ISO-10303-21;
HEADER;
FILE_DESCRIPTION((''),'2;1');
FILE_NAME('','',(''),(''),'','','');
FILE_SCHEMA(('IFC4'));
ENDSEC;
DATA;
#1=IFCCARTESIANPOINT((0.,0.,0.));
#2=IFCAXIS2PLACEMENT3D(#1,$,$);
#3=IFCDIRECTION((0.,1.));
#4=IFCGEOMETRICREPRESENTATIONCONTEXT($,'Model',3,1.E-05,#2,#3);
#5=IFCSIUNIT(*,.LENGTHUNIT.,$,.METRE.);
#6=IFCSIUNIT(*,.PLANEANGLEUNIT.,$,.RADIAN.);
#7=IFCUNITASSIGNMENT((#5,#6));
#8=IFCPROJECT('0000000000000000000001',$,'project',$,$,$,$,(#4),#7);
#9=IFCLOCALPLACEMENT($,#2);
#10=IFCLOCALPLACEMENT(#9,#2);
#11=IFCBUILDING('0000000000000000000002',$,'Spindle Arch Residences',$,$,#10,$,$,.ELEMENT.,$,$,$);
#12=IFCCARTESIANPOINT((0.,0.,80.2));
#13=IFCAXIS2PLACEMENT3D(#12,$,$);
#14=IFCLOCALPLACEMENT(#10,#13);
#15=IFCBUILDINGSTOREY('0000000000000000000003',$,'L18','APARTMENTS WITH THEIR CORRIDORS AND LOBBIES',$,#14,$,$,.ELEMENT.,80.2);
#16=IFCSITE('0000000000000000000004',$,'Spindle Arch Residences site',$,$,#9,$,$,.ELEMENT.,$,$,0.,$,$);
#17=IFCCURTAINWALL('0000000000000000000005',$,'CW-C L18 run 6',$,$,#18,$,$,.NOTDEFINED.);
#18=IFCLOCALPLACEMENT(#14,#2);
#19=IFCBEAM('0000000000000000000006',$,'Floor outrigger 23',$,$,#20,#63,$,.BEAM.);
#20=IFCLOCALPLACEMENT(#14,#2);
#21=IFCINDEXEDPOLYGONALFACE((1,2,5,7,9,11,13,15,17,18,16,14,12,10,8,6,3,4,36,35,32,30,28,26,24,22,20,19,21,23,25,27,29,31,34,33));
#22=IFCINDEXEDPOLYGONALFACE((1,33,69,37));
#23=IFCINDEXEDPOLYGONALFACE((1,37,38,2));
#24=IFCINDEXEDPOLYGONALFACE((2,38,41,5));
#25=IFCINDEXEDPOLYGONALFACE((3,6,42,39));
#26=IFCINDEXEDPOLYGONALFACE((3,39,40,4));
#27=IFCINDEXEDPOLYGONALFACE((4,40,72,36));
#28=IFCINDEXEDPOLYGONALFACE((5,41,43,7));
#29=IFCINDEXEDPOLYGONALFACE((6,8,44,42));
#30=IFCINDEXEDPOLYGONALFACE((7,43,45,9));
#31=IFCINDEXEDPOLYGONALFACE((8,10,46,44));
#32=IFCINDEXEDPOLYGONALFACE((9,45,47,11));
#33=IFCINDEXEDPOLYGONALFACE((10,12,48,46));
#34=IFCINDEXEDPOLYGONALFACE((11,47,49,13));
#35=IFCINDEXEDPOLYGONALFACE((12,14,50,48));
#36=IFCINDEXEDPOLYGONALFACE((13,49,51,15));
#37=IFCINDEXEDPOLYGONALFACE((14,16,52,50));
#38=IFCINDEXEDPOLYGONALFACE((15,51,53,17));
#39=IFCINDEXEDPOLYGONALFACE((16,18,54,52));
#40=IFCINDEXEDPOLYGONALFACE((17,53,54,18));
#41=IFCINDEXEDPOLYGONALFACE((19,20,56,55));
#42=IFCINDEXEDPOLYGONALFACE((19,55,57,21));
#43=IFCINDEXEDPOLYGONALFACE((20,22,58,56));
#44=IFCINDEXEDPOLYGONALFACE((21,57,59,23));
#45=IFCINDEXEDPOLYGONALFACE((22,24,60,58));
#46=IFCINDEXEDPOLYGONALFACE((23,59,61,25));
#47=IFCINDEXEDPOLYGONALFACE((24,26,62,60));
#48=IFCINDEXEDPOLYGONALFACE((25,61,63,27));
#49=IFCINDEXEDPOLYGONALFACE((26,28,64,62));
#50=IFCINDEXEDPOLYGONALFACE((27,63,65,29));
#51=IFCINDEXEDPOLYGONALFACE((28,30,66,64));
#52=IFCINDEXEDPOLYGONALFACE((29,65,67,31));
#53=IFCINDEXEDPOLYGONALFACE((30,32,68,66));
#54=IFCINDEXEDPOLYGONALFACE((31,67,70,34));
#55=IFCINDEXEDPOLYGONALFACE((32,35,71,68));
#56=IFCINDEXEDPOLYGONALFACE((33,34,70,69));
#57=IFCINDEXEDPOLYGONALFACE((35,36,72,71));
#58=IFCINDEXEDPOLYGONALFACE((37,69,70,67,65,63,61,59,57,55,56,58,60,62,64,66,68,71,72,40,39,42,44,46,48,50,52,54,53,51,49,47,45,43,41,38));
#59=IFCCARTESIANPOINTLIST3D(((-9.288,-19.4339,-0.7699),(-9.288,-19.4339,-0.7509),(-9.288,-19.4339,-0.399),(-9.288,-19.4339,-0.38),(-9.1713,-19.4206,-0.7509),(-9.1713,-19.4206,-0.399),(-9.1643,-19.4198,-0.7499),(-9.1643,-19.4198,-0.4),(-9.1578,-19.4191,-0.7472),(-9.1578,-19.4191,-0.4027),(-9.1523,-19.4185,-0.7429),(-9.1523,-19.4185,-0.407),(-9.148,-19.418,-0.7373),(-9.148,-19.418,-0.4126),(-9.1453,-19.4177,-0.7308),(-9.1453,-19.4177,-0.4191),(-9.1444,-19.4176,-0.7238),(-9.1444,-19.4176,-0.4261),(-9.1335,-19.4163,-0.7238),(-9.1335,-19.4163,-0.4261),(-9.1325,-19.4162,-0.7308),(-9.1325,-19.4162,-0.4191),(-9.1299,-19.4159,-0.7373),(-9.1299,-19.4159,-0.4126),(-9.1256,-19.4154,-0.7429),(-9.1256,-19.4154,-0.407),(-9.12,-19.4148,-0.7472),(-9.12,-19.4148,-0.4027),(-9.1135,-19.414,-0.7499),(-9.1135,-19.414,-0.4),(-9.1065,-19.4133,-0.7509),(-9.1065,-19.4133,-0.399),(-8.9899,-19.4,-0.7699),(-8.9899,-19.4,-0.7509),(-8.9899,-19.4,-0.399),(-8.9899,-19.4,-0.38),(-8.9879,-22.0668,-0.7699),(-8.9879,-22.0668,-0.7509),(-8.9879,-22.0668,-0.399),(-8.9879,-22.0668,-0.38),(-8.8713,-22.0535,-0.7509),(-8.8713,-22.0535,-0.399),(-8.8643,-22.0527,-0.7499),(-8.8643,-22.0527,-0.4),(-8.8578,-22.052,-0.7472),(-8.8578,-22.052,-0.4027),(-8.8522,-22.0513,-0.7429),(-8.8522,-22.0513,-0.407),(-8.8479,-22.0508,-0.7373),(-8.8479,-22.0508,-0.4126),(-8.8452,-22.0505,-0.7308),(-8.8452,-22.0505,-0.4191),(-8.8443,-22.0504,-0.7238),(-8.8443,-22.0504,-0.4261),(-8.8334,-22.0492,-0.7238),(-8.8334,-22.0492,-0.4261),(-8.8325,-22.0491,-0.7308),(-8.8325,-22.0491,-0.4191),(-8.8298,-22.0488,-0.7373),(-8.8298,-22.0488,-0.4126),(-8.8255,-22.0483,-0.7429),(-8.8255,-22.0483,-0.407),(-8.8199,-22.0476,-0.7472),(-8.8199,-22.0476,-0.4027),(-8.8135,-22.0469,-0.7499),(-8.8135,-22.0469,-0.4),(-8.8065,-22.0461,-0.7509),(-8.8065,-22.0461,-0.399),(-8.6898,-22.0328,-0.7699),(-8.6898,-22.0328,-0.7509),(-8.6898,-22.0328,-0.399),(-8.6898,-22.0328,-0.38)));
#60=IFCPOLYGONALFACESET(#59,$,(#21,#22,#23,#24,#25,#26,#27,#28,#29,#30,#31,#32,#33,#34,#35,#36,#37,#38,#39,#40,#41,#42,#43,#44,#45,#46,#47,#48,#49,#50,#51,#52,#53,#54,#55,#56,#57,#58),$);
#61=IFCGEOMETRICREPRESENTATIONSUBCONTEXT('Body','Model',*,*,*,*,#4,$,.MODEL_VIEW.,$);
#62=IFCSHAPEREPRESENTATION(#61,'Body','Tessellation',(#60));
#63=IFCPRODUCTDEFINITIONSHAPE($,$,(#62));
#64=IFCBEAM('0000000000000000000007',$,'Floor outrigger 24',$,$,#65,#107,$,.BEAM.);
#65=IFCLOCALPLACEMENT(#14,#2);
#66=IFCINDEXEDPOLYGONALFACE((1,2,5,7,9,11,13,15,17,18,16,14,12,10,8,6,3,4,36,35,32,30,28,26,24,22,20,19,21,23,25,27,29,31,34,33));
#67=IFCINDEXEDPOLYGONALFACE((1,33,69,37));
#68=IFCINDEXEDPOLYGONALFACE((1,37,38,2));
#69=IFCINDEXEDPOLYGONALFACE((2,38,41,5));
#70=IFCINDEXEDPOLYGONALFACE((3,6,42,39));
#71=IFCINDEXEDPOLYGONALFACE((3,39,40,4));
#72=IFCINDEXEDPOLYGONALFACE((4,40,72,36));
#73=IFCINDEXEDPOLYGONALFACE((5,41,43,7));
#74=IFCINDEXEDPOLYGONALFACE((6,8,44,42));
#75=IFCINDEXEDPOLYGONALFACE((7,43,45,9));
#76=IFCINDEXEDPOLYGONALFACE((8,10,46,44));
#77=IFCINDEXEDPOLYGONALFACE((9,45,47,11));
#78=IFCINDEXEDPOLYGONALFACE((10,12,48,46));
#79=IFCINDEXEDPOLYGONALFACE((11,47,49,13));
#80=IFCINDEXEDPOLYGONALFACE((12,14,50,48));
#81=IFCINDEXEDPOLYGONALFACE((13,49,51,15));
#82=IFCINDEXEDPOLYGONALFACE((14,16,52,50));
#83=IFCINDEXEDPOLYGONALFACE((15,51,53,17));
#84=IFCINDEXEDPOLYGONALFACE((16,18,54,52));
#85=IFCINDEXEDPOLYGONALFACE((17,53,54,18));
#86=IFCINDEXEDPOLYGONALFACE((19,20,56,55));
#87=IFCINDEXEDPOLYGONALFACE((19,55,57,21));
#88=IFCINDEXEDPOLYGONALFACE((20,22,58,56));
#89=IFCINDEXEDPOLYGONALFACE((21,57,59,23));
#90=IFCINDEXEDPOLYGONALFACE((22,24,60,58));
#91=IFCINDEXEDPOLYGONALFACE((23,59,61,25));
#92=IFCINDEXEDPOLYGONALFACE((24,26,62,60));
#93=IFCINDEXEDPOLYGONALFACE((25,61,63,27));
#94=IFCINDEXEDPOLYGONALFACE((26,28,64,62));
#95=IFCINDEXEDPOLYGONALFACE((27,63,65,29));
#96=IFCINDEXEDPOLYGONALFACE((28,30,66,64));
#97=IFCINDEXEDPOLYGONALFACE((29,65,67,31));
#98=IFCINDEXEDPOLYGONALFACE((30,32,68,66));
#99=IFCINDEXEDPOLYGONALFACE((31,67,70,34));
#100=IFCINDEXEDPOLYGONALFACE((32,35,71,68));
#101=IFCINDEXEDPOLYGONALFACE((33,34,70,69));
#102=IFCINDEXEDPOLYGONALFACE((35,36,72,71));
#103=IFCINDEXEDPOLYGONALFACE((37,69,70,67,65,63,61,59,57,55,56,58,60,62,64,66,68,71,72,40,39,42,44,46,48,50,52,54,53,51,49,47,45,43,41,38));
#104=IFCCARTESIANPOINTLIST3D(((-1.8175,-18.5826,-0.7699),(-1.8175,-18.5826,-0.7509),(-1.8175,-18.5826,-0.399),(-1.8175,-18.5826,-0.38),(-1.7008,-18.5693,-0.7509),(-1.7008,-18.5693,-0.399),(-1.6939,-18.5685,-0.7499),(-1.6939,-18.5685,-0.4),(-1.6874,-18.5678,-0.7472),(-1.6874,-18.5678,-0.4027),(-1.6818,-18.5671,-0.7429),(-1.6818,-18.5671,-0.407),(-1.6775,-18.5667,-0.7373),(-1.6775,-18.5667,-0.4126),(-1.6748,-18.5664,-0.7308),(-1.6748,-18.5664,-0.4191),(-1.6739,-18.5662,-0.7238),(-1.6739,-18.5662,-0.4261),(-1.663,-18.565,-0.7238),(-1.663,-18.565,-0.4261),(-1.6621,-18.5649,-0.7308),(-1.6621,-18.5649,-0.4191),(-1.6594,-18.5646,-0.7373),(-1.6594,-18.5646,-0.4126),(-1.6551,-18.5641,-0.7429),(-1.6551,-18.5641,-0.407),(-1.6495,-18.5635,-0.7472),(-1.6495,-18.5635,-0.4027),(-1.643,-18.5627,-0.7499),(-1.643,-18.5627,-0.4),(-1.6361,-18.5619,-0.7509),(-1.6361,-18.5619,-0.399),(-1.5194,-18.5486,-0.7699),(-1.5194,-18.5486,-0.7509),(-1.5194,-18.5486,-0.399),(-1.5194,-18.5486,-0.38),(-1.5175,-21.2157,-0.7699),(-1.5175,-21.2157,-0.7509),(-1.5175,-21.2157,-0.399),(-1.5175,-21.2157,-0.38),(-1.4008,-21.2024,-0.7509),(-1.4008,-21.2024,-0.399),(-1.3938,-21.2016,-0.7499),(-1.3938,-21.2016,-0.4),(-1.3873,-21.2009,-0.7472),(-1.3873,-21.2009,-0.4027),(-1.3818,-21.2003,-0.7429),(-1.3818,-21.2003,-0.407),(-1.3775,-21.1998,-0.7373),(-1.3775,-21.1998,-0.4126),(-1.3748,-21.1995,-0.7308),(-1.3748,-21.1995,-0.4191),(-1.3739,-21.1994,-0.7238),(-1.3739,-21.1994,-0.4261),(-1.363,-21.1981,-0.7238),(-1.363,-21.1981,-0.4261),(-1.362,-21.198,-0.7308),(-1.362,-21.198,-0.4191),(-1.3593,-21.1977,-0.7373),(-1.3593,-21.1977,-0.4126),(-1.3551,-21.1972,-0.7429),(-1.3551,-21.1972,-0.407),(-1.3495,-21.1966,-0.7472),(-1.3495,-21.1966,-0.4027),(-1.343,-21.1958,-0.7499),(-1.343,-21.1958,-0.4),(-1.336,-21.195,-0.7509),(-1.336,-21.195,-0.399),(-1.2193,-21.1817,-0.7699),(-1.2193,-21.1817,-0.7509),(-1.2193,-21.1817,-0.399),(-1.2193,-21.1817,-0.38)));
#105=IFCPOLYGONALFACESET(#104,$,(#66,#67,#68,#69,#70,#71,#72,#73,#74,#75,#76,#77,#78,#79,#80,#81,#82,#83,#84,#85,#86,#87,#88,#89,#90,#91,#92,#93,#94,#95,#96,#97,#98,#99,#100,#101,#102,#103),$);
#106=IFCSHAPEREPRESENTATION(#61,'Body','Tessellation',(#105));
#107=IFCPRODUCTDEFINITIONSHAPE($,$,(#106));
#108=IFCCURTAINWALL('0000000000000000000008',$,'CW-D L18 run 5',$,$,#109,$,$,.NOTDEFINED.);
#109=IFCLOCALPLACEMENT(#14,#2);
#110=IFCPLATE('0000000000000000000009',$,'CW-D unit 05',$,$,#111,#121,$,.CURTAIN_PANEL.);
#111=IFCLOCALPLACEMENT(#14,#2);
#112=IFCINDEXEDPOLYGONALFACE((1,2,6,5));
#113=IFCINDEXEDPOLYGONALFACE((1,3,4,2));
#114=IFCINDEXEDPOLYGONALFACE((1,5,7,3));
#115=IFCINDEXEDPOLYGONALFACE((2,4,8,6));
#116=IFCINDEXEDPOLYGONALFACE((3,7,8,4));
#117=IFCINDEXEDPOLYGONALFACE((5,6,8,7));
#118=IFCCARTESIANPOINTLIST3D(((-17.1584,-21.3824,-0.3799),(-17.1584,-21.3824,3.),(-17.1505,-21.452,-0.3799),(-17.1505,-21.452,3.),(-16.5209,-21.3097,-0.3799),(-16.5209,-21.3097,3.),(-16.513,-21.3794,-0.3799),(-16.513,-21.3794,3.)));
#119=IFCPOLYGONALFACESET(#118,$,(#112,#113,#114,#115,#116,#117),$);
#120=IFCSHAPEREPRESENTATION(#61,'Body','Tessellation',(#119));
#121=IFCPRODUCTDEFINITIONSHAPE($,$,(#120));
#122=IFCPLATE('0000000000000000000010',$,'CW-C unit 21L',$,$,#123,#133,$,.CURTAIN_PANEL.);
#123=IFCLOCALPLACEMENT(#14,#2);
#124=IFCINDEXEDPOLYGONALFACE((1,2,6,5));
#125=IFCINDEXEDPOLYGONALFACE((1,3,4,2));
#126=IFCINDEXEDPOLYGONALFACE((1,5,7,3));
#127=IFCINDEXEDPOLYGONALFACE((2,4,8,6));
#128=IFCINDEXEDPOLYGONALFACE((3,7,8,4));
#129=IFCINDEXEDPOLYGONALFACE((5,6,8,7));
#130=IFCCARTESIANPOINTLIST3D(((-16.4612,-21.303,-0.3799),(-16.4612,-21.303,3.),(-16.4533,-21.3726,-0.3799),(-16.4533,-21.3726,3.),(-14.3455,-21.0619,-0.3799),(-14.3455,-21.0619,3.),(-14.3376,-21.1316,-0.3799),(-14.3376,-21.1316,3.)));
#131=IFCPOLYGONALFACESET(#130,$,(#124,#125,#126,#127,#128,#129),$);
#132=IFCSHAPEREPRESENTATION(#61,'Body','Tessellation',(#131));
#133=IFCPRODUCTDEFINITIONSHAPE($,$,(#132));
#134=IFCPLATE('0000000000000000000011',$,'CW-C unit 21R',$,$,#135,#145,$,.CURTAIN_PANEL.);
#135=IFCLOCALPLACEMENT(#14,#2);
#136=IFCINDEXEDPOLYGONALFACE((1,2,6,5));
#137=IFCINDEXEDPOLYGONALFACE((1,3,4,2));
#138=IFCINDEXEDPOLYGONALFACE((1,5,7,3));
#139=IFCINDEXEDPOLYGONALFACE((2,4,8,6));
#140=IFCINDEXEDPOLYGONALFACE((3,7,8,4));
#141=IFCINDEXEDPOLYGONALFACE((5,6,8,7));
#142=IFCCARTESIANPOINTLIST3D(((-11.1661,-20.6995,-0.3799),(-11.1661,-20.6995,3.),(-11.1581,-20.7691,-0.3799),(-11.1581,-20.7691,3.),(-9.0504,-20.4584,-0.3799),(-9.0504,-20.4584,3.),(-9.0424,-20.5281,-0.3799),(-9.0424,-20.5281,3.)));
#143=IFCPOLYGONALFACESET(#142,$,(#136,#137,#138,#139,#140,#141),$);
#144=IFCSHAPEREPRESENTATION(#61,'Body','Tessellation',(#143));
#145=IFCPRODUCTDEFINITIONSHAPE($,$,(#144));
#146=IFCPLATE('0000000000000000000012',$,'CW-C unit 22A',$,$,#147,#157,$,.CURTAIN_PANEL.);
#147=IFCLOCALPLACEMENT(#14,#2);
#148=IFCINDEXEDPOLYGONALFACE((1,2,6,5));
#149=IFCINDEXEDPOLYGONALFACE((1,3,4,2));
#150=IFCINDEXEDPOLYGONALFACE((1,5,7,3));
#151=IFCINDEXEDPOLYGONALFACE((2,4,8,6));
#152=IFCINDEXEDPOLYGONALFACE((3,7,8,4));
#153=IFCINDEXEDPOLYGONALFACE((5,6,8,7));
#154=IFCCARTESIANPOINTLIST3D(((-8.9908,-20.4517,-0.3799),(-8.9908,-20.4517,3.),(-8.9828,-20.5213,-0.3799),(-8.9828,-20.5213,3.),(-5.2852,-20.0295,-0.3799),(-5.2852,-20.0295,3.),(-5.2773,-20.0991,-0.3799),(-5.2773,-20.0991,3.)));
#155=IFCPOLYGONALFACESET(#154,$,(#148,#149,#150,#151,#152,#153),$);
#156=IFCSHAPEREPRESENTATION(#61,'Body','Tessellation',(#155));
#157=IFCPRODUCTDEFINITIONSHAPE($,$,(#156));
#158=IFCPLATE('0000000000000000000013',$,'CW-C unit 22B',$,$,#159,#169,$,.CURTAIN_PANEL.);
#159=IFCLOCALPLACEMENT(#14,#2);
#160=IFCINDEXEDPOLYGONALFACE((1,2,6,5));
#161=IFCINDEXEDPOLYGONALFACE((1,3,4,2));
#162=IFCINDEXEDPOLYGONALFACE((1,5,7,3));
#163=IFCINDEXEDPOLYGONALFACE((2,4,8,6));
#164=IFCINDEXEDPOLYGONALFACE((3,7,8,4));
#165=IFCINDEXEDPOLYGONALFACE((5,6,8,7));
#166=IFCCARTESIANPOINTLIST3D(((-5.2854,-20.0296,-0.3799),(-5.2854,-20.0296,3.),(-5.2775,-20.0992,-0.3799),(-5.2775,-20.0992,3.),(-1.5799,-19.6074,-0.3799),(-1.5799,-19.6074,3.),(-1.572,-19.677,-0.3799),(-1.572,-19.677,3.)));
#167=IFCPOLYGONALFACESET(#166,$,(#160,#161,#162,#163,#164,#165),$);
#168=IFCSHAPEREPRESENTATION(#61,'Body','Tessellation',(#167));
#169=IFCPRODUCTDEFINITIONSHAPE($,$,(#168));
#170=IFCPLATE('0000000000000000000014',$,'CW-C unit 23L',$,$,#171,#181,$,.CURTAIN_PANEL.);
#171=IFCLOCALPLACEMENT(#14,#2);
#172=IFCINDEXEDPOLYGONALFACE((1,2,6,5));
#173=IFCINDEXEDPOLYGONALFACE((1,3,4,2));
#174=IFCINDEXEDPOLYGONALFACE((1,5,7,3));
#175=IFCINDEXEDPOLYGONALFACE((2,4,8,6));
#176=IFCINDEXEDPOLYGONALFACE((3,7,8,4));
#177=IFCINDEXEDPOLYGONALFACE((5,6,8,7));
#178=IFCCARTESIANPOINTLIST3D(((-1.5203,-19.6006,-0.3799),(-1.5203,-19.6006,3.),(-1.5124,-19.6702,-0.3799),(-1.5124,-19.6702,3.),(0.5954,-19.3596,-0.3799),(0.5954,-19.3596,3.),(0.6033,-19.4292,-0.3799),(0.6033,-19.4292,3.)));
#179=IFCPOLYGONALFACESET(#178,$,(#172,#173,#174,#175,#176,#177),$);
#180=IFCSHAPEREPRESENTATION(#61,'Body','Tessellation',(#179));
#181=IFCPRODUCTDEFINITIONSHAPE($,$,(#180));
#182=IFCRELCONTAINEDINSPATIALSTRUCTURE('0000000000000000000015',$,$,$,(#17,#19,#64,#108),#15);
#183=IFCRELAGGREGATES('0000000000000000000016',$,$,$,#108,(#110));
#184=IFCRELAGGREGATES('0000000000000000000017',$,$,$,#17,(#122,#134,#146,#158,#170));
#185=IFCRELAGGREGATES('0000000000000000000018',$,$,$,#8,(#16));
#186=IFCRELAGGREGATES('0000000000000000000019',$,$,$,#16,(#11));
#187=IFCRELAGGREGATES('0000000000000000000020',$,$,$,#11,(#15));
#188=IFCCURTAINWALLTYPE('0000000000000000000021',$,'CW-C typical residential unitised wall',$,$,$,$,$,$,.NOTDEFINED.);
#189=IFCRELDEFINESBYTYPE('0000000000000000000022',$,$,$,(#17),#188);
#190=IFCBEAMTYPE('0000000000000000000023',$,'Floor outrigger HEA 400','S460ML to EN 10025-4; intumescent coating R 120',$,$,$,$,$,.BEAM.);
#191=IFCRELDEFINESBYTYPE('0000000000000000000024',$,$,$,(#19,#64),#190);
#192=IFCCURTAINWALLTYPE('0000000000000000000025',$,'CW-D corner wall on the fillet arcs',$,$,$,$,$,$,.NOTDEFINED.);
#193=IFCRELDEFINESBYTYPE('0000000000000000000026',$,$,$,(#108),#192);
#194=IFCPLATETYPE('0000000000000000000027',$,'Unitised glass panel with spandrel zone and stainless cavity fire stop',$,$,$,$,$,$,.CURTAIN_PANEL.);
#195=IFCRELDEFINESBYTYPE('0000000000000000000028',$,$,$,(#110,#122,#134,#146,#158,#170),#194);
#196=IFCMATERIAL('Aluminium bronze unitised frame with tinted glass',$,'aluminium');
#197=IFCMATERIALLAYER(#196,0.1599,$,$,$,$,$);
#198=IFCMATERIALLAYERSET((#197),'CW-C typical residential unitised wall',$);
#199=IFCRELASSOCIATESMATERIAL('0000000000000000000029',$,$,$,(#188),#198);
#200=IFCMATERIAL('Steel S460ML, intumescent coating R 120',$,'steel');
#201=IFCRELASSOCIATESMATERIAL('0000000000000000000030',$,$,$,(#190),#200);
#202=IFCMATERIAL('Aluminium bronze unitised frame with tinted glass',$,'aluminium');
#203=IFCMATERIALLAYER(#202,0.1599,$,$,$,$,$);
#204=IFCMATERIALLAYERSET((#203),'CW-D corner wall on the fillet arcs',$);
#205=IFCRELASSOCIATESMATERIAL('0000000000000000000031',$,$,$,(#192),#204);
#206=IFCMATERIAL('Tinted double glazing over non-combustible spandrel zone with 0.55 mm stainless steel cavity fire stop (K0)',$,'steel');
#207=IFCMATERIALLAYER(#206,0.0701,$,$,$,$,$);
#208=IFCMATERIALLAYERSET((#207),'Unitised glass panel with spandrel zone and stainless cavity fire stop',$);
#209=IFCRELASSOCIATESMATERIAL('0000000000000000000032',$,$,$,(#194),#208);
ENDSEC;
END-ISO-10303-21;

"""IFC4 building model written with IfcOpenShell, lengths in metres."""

from ifc_helpers import new_model, si_unit, direction, frame, origin, origin_2d, place, context, subcontext, project, spatial, rectangle, i_section, extrude, material, layer, layer_set, material_profile, profile_set, type_object, element, aggregate, save


model = new_model("IFC4")

# Units and contexts
model_context = context("Model", 3, precision=1e-05, world=origin(), true_north=direction((0.0, 1.0)))
body_context = subcontext(model_context, "Body", "Model", "MODEL_VIEW")
ifc_project = project(units=[si_unit("LENGTHUNIT", "METRE"), si_unit("PLANEANGLEUNIT", "RADIAN")], contexts=[model_context])

# Site, building, storey
site_placement = place(None, origin())
site = spatial("IfcSite", under=ifc_project, at=site_placement, Name="Spindle Arch Residences site", CompositionType="ELEMENT", RefElevation=0.0)
building_placement = place(site_placement, origin())
building = spatial("IfcBuilding", under=site, at=building_placement, Name="Spindle Arch Residences", CompositionType="ELEMENT")
storey_placement = place(building_placement, frame((0.0, 0.0, 80.2)))
storey = spatial("IfcBuildingStorey", under=building, at=storey_placement, Name="L18", Description="APARTMENTS WITH THEIR CORRIDORS AND LOBBIES", CompositionType="ELEMENT", Elevation=80.2)

# Curtain wall
ifc_material_1 = material(Name="Aluminium bronze unitised frame with tinted glass", Category="aluminium")
ifc_layer_1 = layer(ifc_material_1, 0.1599)
ifc_layer_set_1 = layer_set([ifc_layer_1], Name="CW-C typical residential unitised wall")
curtain_wall_type_1 = type_object("IfcCurtainWallType", Name="CW-C typical residential unitised wall", PredefinedType="NOTDEFINED", material=ifc_layer_set_1)
curtain_wall_1_placement = place(storey_placement, origin())
curtain_wall_1 = element("IfcCurtainWall", 1, at=curtain_wall_1_placement, inside=storey, type_object=curtain_wall_type_1, Name="CW-C L18 run 6", PredefinedType="NOTDEFINED")

# Beams
ifc_material_2 = material(Name="Steel S460ML, intumescent coating R 120", Category="steel")
ifc_material_profile_1 = material_profile(ifc_material_2, i_section(OverallWidth=0.3, OverallDepth=0.3899, WebThickness=0.011, FlangeThickness=0.019, FilletRadius=0.0271, at=origin_2d()), Name="HEA 400")
ifc_profile_set_1 = profile_set([ifc_material_profile_1], Name="Steel S460ML, intumescent coating R 120")
beam_type_1 = type_object("IfcBeamType", Name="Floor outrigger HEA 400", Description="S460ML to EN 10025-4; intumescent coating R 120", PredefinedType="BEAM", material=ifc_profile_set_1)
beam_1_placement = place(storey_placement, frame((-8.8389, -22.0498, -0.575), z_axis=(-0.113232, 0.993569, 0.0), x_axis=(-0.993569, -0.113232, 0.0)))
element("IfcBeam", 2, at=beam_1_placement, inside=storey, type_object=beam_type_1, Name="Floor outrigger 23", PredefinedType="BEAM", context=body_context, shape_type="SweptSolid", body=[
    extrude(i_section(OverallWidth=0.3, OverallDepth=0.3899, WebThickness=0.011, FlangeThickness=0.019, FilletRadius=0.0271, at=origin_2d()), origin(), (0.0, 0.0, 1.0), 2.6499),
])
beam_2_placement = place(storey_placement, frame((-1.3684, -21.1987, -0.575), z_axis=(-0.113222, 0.99357, 0.0), x_axis=(-0.99357, -0.113222, 0.0)))
element("IfcBeam", 3, at=beam_2_placement, inside=storey, type_object=beam_type_1, Name="Floor outrigger 24", PredefinedType="BEAM", context=body_context, shape_type="SweptSolid", body=[
    extrude(i_section(OverallWidth=0.3, OverallDepth=0.3899, WebThickness=0.011, FlangeThickness=0.019, FilletRadius=0.0271, at=origin_2d()), origin(), (0.0, 0.0, 1.0), 2.6501),
])

# Curtain wall, plate
ifc_material_3 = material(Name="Aluminium bronze unitised frame with tinted glass", Category="aluminium")
ifc_layer_2 = layer(ifc_material_3, 0.1599)
ifc_layer_set_2 = layer_set([ifc_layer_2], Name="CW-D corner wall on the fillet arcs")
curtain_wall_type_2 = type_object("IfcCurtainWallType", Name="CW-D corner wall on the fillet arcs", PredefinedType="NOTDEFINED", material=ifc_layer_set_2)
curtain_wall_2_placement = place(storey_placement, origin())
curtain_wall_2 = element("IfcCurtainWall", 4, at=curtain_wall_2_placement, inside=storey, type_object=curtain_wall_type_2, Name="CW-D L18 run 5", PredefinedType="NOTDEFINED")
ifc_material_4 = material(Name="Tinted double glazing over non-combustible spandrel zone with 0.55 mm stainless steel cavity fire stop (K0)", Category="steel")
ifc_layer_3 = layer(ifc_material_4, 0.0701)
ifc_layer_set_3 = layer_set([ifc_layer_3], Name="Unitised glass panel with spandrel zone and stainless cavity fire stop")
plate_type = type_object("IfcPlateType", Name="Unitised glass panel with spandrel zone and stainless cavity fire stop", PredefinedType="CURTAIN_PANEL", material=ifc_layer_set_3)
plate_1_placement = place(storey_placement, frame((-16.8357, -21.3809, -0.3799), z_axis=(0.0, 0.0, 1.0), x_axis=(0.993572, 0.113203, 0.0)))
plate_1 = element("IfcPlate", 5, at=plate_1_placement, type_object=plate_type, Name="CW-D unit 05", PredefinedType="CURTAIN_PANEL", context=body_context, shape_type="SweptSolid", body=[
    extrude(rectangle(XDim=0.6416, YDim=0.0701, at=origin_2d()), origin(), (0.0, 0.0, 1.0), 3.3799),
])
aggregate(curtain_wall_2, [plate_1])

# Plates
plate_2_placement = place(storey_placement, frame((-15.3994, -21.2173, -0.3799), z_axis=(0.0, 0.0, 1.0), x_axis=(0.993572, 0.113203, 0.0)))
plate_2 = element("IfcPlate", 6, at=plate_2_placement, type_object=plate_type, Name="CW-C unit 21L", PredefinedType="CURTAIN_PANEL", context=body_context, shape_type="SweptSolid", body=[
    extrude(rectangle(XDim=2.1294, YDim=0.0701, at=origin_2d()), origin(), (0.0, 0.0, 1.0), 3.3799),
])
plate_3_placement = place(storey_placement, frame((-10.1042, -20.6138, -0.3799), z_axis=(0.0, 0.0, 1.0), x_axis=(0.993572, 0.113203, 0.0)))
plate_3 = element("IfcPlate", 7, at=plate_3_placement, type_object=plate_type, Name="CW-C unit 21R", PredefinedType="CURTAIN_PANEL", context=body_context, shape_type="SweptSolid", body=[
    extrude(rectangle(XDim=2.1294, YDim=0.0701, at=origin_2d()), origin(), (0.0, 0.0, 1.0), 3.3799),
])
plate_4_placement = place(storey_placement, frame((-7.134, -20.2754, -0.3799), z_axis=(0.0, 0.0, 1.0), x_axis=(0.993572, 0.113203, 0.0)))
plate_4 = element("IfcPlate", 8, at=plate_4_placement, type_object=plate_type, Name="CW-C unit 22A", PredefinedType="CURTAIN_PANEL", context=body_context, shape_type="SweptSolid", body=[
    extrude(rectangle(XDim=3.7295, YDim=0.0701, at=origin_2d()), origin(), (0.0, 0.0, 1.0), 3.3799),
])
plate_5_placement = place(storey_placement, frame((-3.4287, -19.8533, -0.3799), z_axis=(0.0, 0.0, 1.0), x_axis=(0.993572, 0.113203, 0.0)))
plate_5 = element("IfcPlate", 9, at=plate_5_placement, type_object=plate_type, Name="CW-C unit 22B", PredefinedType="CURTAIN_PANEL", context=body_context, shape_type="SweptSolid", body=[
    extrude(rectangle(XDim=3.7295, YDim=0.0701, at=origin_2d()), origin(), (0.0, 0.0, 1.0), 3.3799),
])
plate_6_placement = place(storey_placement, frame((-0.4585, -19.5149, -0.3799), z_axis=(0.0, 0.0, 1.0), x_axis=(0.993572, 0.113203, 0.0)))
plate_6 = element("IfcPlate", 10, at=plate_6_placement, type_object=plate_type, Name="CW-C unit 23L", PredefinedType="CURTAIN_PANEL", context=body_context, shape_type="SweptSolid", body=[
    extrude(rectangle(XDim=2.1294, YDim=0.0701, at=origin_2d()), origin(), (0.0, 0.0, 1.0), 3.3799),
])
aggregate(curtain_wall_1, [plate_2, plate_3, plate_4, plate_5, plate_6])

save(model, "model.ifc")
